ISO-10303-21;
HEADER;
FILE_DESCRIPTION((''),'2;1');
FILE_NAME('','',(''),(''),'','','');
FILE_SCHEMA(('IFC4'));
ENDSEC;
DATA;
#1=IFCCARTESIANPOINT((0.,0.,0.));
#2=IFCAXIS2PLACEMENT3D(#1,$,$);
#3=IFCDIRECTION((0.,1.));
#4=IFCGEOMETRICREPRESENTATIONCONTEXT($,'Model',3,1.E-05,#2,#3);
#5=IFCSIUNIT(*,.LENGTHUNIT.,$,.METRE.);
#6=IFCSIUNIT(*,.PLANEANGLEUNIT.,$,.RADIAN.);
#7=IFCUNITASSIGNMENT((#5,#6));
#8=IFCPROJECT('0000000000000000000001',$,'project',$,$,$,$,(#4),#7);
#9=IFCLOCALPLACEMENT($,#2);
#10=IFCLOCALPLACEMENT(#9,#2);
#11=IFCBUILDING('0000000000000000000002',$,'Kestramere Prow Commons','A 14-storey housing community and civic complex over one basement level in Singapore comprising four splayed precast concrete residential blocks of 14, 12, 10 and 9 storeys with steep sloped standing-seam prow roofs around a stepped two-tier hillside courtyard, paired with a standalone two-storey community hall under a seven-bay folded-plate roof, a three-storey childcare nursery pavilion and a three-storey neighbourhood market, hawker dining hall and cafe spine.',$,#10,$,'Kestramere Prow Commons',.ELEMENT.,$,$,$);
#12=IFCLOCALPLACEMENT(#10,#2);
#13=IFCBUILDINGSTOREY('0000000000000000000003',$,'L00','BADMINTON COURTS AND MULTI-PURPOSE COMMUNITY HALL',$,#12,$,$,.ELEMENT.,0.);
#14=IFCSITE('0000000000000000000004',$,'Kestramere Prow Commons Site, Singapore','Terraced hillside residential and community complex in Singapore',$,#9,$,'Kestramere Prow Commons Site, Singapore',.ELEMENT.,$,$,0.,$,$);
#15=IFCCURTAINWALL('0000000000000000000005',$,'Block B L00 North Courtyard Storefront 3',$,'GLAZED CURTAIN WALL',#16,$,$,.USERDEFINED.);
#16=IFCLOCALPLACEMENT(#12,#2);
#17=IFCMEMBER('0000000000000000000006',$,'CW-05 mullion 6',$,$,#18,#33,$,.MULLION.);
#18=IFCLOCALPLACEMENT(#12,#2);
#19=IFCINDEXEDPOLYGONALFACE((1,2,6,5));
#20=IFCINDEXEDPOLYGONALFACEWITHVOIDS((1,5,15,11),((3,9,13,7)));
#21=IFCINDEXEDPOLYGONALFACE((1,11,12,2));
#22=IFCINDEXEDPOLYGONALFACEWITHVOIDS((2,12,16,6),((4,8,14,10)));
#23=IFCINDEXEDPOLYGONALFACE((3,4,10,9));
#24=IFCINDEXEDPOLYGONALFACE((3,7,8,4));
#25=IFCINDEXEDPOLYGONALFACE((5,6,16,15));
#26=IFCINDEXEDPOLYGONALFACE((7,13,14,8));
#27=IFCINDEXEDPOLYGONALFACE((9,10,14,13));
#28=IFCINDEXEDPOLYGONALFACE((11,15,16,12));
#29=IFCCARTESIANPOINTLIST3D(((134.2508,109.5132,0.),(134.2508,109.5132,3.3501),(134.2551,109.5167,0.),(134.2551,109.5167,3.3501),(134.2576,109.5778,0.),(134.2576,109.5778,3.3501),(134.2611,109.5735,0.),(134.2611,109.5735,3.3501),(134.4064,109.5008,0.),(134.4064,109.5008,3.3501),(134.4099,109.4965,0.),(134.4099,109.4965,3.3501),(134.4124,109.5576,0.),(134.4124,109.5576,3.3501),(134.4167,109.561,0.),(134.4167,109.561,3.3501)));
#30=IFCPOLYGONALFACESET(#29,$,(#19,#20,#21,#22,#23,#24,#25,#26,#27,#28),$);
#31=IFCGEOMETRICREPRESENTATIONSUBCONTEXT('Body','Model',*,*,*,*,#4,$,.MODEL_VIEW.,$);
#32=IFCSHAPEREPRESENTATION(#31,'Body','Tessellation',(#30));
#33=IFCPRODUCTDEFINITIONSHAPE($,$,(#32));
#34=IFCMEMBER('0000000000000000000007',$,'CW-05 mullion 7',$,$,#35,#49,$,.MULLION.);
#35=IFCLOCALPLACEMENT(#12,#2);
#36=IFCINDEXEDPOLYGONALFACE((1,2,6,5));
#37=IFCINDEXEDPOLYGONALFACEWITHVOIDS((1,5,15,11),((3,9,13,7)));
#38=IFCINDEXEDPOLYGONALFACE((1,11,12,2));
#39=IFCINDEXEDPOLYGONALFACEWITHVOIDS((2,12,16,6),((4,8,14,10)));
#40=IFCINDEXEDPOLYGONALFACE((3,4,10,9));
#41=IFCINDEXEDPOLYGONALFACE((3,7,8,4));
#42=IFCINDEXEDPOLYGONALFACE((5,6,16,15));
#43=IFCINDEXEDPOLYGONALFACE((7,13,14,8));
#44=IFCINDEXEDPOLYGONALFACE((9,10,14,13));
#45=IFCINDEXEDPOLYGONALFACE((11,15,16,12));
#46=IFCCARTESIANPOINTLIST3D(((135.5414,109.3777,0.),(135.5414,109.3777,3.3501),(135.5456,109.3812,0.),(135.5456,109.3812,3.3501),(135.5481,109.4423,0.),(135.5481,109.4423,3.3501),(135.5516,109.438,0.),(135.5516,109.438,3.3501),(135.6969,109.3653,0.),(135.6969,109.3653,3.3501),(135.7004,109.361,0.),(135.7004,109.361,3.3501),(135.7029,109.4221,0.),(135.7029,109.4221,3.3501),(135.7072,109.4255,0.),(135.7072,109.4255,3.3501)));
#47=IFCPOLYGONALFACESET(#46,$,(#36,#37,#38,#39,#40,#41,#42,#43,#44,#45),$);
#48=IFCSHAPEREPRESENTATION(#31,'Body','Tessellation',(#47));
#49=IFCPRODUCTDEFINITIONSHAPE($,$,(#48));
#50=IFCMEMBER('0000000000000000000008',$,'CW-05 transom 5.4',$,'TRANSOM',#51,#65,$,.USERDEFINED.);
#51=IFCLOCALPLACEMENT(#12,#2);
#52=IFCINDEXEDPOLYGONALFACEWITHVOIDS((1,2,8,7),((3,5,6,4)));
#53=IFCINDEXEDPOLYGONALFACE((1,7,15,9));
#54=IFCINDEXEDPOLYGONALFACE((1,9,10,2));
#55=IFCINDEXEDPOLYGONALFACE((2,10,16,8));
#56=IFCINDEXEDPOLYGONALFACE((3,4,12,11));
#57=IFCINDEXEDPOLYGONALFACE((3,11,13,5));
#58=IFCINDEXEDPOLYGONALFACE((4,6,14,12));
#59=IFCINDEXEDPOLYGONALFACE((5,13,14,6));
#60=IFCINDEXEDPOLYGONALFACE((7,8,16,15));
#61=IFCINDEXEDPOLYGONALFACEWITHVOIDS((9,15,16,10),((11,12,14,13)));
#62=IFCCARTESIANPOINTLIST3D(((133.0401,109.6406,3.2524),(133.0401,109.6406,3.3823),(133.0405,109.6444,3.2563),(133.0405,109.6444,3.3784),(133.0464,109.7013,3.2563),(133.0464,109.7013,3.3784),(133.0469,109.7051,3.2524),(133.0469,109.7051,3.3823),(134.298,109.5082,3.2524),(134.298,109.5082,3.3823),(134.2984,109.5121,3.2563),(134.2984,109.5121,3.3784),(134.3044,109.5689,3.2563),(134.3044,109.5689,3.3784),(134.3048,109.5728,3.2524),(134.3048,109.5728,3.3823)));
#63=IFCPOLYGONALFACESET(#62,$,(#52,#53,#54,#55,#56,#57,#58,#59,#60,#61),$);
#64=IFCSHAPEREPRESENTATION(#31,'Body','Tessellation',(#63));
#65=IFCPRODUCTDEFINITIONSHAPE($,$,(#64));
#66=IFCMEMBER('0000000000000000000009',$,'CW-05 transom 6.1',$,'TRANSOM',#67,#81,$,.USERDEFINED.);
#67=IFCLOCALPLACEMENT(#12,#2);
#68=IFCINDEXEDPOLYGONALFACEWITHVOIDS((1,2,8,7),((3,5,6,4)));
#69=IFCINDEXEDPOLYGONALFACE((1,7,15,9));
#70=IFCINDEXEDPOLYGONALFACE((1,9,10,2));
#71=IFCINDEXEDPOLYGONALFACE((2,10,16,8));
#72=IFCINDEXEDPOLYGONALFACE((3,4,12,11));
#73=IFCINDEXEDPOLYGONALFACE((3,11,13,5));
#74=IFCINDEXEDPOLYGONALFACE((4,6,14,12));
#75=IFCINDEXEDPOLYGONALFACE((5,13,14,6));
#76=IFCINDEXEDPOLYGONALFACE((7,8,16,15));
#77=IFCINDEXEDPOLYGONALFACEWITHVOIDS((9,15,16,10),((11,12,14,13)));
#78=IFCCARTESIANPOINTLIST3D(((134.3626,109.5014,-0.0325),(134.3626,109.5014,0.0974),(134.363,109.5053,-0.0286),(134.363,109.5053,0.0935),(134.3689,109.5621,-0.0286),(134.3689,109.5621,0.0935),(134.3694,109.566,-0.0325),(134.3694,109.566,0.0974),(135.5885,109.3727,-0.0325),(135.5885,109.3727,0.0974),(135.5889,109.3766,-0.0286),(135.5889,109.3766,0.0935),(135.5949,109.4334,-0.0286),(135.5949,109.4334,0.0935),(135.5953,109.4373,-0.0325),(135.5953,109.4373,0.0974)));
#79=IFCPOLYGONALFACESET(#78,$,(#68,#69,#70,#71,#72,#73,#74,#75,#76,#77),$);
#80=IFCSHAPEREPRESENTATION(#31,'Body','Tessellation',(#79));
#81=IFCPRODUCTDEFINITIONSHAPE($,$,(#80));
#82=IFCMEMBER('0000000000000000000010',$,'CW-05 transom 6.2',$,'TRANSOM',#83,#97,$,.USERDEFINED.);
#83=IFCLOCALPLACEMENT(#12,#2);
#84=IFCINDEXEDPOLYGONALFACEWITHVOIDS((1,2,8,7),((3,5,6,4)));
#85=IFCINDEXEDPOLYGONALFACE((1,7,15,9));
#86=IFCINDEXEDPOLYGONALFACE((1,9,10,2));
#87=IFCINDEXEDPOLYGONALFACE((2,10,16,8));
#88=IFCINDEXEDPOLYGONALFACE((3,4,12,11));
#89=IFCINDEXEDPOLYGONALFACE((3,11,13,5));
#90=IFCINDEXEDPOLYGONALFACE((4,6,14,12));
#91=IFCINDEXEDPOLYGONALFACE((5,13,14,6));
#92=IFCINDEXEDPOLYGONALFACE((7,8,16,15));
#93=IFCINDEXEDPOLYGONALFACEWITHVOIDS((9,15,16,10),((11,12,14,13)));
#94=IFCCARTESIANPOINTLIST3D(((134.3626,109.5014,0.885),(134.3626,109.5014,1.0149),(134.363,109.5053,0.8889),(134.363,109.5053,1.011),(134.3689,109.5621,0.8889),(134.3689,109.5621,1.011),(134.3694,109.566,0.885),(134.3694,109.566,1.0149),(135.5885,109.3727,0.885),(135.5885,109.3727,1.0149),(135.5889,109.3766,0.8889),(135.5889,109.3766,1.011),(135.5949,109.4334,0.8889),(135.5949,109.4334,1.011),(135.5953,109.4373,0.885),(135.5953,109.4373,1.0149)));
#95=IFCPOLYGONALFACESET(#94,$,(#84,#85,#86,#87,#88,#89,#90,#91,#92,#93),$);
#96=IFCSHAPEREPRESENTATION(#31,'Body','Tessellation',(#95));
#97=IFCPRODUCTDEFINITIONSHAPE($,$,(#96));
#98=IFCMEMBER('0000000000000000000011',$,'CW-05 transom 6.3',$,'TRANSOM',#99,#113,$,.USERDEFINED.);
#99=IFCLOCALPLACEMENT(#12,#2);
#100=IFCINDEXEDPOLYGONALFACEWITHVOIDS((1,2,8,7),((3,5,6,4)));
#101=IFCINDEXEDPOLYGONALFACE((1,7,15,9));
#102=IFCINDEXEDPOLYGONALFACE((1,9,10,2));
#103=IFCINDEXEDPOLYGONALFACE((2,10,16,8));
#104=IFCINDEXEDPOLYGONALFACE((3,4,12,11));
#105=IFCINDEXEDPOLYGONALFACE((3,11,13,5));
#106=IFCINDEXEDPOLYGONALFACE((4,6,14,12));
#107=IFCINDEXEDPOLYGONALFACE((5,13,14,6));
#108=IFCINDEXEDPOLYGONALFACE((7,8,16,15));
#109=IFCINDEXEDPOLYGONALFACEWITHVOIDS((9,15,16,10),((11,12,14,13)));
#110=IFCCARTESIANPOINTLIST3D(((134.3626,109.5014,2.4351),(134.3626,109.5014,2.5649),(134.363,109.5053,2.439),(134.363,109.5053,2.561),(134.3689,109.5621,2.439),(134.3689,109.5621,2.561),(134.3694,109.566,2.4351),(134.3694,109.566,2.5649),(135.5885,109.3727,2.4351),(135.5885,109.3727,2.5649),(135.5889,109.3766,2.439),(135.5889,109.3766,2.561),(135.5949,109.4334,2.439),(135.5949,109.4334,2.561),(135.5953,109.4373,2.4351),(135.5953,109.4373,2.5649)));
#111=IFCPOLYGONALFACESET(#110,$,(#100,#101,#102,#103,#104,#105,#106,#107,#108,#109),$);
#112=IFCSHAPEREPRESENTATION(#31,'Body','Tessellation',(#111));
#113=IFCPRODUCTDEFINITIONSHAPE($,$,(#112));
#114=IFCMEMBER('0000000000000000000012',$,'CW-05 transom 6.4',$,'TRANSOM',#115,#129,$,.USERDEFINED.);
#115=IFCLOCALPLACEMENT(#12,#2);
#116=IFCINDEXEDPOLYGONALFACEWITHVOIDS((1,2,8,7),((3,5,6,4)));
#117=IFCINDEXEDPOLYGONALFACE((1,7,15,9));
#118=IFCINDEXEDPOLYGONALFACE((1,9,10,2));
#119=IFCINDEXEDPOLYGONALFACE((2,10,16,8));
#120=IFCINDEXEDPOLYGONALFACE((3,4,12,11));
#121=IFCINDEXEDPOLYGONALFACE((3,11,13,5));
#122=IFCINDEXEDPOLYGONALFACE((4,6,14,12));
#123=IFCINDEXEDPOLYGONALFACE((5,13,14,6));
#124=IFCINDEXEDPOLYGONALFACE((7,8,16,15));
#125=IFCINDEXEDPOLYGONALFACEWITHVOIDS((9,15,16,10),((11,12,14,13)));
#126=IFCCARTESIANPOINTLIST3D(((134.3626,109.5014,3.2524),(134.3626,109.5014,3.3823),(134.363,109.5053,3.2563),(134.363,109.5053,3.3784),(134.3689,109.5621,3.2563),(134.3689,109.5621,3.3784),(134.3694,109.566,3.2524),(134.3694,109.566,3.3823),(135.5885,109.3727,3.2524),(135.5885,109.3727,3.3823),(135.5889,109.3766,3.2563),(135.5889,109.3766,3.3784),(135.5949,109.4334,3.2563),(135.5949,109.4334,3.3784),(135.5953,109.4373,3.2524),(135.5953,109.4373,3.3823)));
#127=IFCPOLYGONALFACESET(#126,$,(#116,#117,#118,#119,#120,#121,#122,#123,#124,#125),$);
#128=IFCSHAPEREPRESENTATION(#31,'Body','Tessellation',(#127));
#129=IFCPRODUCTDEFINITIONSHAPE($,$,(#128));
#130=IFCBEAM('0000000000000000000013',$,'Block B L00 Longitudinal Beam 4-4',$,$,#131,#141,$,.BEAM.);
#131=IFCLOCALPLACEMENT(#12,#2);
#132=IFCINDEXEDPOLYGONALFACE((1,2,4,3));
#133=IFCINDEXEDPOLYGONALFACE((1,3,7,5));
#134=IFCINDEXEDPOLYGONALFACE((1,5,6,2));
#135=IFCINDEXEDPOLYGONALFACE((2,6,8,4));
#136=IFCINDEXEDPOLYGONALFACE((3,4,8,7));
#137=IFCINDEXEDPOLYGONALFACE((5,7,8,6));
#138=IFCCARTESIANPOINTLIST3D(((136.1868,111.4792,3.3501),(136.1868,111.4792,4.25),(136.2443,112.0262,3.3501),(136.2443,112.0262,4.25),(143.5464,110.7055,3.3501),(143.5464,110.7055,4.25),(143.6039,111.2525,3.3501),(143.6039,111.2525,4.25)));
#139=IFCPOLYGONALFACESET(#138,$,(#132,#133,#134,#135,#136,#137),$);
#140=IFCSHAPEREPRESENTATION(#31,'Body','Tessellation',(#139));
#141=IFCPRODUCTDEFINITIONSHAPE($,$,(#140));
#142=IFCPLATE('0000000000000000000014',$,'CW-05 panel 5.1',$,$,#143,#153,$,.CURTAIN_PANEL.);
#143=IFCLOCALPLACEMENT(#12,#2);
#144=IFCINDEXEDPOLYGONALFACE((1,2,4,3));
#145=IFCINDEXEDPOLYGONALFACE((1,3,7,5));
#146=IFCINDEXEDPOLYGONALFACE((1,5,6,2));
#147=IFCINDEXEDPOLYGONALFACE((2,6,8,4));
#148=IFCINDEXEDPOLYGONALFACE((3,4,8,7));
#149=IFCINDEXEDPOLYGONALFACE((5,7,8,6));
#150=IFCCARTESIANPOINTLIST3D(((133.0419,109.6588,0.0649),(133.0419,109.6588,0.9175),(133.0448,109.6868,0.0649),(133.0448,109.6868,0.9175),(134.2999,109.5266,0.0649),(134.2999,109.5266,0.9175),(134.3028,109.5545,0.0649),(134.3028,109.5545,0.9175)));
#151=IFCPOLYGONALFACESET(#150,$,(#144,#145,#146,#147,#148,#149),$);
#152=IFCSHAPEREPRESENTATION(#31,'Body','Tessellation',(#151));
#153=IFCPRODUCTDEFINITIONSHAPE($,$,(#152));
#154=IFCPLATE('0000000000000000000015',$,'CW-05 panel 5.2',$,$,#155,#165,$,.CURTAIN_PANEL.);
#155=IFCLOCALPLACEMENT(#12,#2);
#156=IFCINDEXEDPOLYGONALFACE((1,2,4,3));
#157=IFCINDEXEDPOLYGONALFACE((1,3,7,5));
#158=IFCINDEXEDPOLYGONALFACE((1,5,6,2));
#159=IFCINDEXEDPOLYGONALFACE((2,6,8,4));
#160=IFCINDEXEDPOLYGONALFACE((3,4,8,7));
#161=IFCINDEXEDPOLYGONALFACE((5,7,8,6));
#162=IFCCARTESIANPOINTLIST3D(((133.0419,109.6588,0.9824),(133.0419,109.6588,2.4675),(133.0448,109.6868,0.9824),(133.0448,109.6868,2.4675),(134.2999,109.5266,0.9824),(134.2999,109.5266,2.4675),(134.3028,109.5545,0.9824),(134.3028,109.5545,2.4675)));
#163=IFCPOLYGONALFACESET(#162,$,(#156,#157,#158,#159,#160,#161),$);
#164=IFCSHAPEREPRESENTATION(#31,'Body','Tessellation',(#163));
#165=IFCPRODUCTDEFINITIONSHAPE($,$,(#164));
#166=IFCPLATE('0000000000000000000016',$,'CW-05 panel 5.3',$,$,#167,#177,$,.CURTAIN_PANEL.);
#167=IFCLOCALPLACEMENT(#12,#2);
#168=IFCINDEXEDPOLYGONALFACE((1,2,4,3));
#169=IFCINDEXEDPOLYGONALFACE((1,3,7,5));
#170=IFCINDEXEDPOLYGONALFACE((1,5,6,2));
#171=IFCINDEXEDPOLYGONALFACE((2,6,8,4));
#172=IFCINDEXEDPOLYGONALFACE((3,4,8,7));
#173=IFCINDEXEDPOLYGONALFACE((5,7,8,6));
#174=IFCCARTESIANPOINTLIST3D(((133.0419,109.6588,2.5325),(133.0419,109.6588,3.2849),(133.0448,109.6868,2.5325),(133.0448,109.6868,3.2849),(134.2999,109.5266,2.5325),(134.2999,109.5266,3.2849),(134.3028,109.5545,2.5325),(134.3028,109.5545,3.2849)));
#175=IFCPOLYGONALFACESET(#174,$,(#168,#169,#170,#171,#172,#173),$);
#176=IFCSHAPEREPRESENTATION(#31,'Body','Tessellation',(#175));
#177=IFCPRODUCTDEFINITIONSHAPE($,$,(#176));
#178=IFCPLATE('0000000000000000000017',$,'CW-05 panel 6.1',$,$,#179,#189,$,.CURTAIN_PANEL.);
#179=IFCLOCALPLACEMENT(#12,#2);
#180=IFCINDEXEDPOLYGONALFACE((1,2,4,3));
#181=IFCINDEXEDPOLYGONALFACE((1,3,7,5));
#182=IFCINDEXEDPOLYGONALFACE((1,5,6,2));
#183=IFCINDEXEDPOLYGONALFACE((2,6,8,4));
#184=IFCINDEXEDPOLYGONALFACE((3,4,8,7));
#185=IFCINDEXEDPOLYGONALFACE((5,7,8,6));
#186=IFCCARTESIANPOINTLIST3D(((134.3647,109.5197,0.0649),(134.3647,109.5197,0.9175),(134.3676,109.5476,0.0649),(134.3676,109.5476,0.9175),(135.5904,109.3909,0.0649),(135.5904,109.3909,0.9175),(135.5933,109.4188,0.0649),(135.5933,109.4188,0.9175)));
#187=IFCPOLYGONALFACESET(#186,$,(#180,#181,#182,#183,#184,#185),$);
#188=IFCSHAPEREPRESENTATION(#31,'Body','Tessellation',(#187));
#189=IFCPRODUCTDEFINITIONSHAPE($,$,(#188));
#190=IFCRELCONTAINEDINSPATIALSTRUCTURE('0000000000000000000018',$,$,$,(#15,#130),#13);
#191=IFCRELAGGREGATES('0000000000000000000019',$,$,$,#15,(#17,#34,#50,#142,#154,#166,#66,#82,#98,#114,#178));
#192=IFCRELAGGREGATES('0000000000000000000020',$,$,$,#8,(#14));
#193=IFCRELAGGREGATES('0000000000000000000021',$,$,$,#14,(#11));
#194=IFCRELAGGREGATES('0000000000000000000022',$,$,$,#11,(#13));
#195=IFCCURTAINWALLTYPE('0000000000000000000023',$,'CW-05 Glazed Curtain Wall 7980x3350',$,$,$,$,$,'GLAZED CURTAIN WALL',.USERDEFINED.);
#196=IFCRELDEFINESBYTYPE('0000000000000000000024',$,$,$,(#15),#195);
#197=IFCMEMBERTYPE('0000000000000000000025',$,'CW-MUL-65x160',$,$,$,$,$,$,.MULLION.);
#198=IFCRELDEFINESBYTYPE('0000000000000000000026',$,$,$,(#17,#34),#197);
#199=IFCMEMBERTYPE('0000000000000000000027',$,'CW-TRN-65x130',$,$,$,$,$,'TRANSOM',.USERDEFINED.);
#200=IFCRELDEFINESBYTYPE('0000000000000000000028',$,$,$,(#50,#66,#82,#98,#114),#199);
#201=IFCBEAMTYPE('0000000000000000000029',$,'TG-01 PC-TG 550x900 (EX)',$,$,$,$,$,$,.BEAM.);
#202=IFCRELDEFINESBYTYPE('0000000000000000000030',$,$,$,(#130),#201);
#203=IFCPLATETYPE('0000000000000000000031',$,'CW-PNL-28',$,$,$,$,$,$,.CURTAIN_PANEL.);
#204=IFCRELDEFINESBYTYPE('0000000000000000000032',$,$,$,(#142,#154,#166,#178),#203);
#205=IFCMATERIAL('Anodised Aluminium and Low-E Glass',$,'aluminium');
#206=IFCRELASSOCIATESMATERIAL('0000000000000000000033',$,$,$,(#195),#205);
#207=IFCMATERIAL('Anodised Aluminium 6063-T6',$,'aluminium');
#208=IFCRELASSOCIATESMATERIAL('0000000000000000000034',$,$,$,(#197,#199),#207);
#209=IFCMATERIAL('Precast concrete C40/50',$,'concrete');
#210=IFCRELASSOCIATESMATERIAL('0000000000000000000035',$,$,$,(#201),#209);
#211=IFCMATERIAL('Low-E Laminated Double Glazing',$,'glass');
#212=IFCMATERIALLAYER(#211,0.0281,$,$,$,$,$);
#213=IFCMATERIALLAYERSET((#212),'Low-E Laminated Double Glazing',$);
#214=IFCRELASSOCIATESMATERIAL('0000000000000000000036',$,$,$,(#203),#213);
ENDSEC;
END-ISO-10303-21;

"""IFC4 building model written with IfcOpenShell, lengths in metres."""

from ifc_helpers import new_model, si_unit, direction, frame, origin, origin_2d, place, context, subcontext, project, spatial, rectangle, hollow_rectangle, extrude, material, layer, layer_set, material_profile, profile_set, type_object, element, aggregate, save


model = new_model("IFC4")

# Units and contexts
model_context = context("Model", 3, precision=1e-05, world=origin(), true_north=direction((0.0, 1.0)))
body_context = subcontext(model_context, "Body", "Model", "MODEL_VIEW")
ifc_project = project(units=[si_unit("LENGTHUNIT", "METRE"), si_unit("PLANEANGLEUNIT", "RADIAN")], contexts=[model_context])

# Site, building, storey
site_placement = place(None, origin())
site = spatial("IfcSite", under=ifc_project, at=site_placement, Name="Kestramere Prow Commons Site, Singapore", Description="Terraced hillside residential and community complex in Singapore", LongName="Kestramere Prow Commons Site, Singapore", CompositionType="ELEMENT", RefElevation=0.0)
building_placement = place(site_placement, origin())
building = spatial("IfcBuilding", under=site, at=building_placement, Name="Kestramere Prow Commons", Description="A 14-storey housing community and civic complex over one basement level in Singapore comprising four splayed precast concrete residential blocks of 14, 12, 10 and 9 storeys with steep sloped standing-seam prow roofs around a stepped two-tier hillside courtyard, paired with a standalone two-storey community hall under a seven-bay folded-plate roof, a three-storey childcare nursery pavilion and a three-storey neighbourhood market, hawker dining hall and cafe spine.", LongName="Kestramere Prow Commons", CompositionType="ELEMENT")
storey_placement = place(building_placement, origin())
storey = spatial("IfcBuildingStorey", under=building, at=storey_placement, Name="L00", Description="BADMINTON COURTS AND MULTI-PURPOSE COMMUNITY HALL", CompositionType="ELEMENT", Elevation=0.0)

# Shared definitions
ifc_material_1 = material(Name="Precast concrete C40/50", Category="concrete")

# Curtain wall, members
ifc_material_2 = material(Name="Anodised Aluminium and Low-E Glass", Category="aluminium")
curtain_wall_type = type_object("IfcCurtainWallType", Name="CW-05 Glazed Curtain Wall 7980x3350", ElementType="GLAZED CURTAIN WALL", PredefinedType="USERDEFINED", material=ifc_material_2)
curtain_wall_placement = place(storey_placement, origin())
curtain_wall = element("IfcCurtainWall", 1, at=curtain_wall_placement, inside=storey, type_object=curtain_wall_type, Name="Block B L00 North Courtyard Storefront 3", ObjectType="GLAZED CURTAIN WALL", PredefinedType="USERDEFINED")
ifc_material_3 = material(Name="Anodised Aluminium 6063-T6", Category="aluminium")
ifc_material_profile_1 = material_profile(ifc_material_3, hollow_rectangle(XDim=0.0649, YDim=0.1599, WallThickness=0.0039, at=origin_2d()), Name="ALU-MUL 65x160")
ifc_profile_set_1 = profile_set([ifc_material_profile_1], Name="Anodised Aluminium 6063-T6")
member_type_1 = type_object("IfcMemberType", Name="CW-MUL-65x160", PredefinedType="MULLION", material=ifc_profile_set_1)
member_1_placement = place(storey_placement, frame((134.3337, 109.5371, 0.0), z_axis=(0.0, 0.0, 1.0), x_axis=(0.104528, 0.994522, 0.0)))
member_1 = element("IfcMember", 2, at=member_1_placement, type_object=member_type_1, Name="CW-05 mullion 6", PredefinedType="MULLION", context=body_context, shape_type="SweptSolid", body=[
    extrude(hollow_rectangle(XDim=0.0649, YDim=0.1599, WallThickness=0.0039, at=origin_2d()), origin(), (0.0, 0.0, 1.0), 3.3501),
])
member_2_placement = place(storey_placement, frame((135.6243, 109.4016, 0.0), z_axis=(0.0, 0.0, 1.0), x_axis=(0.104528, 0.994522, 0.0)))
member_2 = element("IfcMember", 3, at=member_2_placement, type_object=member_type_1, Name="CW-05 mullion 7", PredefinedType="MULLION", context=body_context, shape_type="SweptSolid", body=[
    extrude(hollow_rectangle(XDim=0.0649, YDim=0.1599, WallThickness=0.0039, at=origin_2d()), origin(), (0.0, 0.0, 1.0), 3.3501),
])
ifc_material_profile_2 = material_profile(ifc_material_3, hollow_rectangle(XDim=0.0649, YDim=0.1299, WallThickness=0.0039, at=origin_2d()), Name="ALU-TRN 65x130")
ifc_profile_set_2 = profile_set([ifc_material_profile_2], Name="Anodised Aluminium 6063-T6")
member_type_2 = type_object("IfcMemberType", Name="CW-TRN-65x130", ElementType="TRANSOM", PredefinedType="USERDEFINED", material=ifc_profile_set_2)
member_3_placement = place(storey_placement, frame((133.0435, 109.6729, 3.3174), z_axis=(0.994514, -0.104604, 0.0), x_axis=(0.104604, 0.994514, 0.0)))
member_3 = element("IfcMember", 4, at=member_3_placement, type_object=member_type_2, Name="CW-05 transom 5.4", ObjectType="TRANSOM", PredefinedType="USERDEFINED", context=body_context, shape_type="SweptSolid", body=[
    extrude(hollow_rectangle(XDim=0.0649, YDim=0.1299, WallThickness=0.0039, at=origin_2d()), origin(), (0.0, 0.0, 1.0), 1.2649),
])
member_4_placement = place(storey_placement, frame((134.366, 109.5337, 0.0325), z_axis=(0.994537, -0.104386, 0.0), x_axis=(0.104386, 0.994537, 0.0)))
member_4 = element("IfcMember", 5, at=member_4_placement, type_object=member_type_2, Name="CW-05 transom 6.1", ObjectType="TRANSOM", PredefinedType="USERDEFINED", context=body_context, shape_type="SweptSolid", body=[
    extrude(hollow_rectangle(XDim=0.0649, YDim=0.1299, WallThickness=0.0039, at=origin_2d()), origin(), (0.0, 0.0, 1.0), 1.2327),
])
member_5_placement = place(storey_placement, frame((134.366, 109.5337, 0.95), z_axis=(0.994537, -0.104386, 0.0), x_axis=(0.104386, 0.994537, 0.0)))
member_5 = element("IfcMember", 6, at=member_5_placement, type_object=member_type_2, Name="CW-05 transom 6.2", ObjectType="TRANSOM", PredefinedType="USERDEFINED", context=body_context, shape_type="SweptSolid", body=[
    extrude(hollow_rectangle(XDim=0.0649, YDim=0.1299, WallThickness=0.0039, at=origin_2d()), origin(), (0.0, 0.0, 1.0), 1.2327),
])
member_6_placement = place(storey_placement, frame((134.366, 109.5337, 2.5), z_axis=(0.994537, -0.104386, 0.0), x_axis=(0.104386, 0.994537, 0.0)))
member_6 = element("IfcMember", 7, at=member_6_placement, type_object=member_type_2, Name="CW-05 transom 6.3", ObjectType="TRANSOM", PredefinedType="USERDEFINED", context=body_context, shape_type="SweptSolid", body=[
    extrude(hollow_rectangle(XDim=0.0649, YDim=0.1299, WallThickness=0.0039, at=origin_2d()), origin(), (0.0, 0.0, 1.0), 1.2327),
])
member_7_placement = place(storey_placement, frame((134.366, 109.5337, 3.3174), z_axis=(0.994537, -0.104386, 0.0), x_axis=(0.104386, 0.994537, 0.0)))
member_7 = element("IfcMember", 8, at=member_7_placement, type_object=member_type_2, Name="CW-05 transom 6.4", ObjectType="TRANSOM", PredefinedType="USERDEFINED", context=body_context, shape_type="SweptSolid", body=[
    extrude(hollow_rectangle(XDim=0.0649, YDim=0.1299, WallThickness=0.0039, at=origin_2d()), origin(), (0.0, 0.0, 1.0), 1.2327),
])

# Beam
ifc_material_profile_3 = material_profile(ifc_material_1, rectangle(XDim=0.55, YDim=0.8999, at=origin_2d()), Name="PC-TG 550x900")
ifc_profile_set_3 = profile_set([ifc_material_profile_3], Name="Precast concrete C40/50")
beam_type = type_object("IfcBeamType", Name="TG-01 PC-TG 550x900 (EX)", PredefinedType="BEAM", material=ifc_profile_set_3)
beam_placement = place(storey_placement, frame((136.2156, 111.7527, 3.8), z_axis=(0.99452, -0.104549, 0.0), x_axis=(0.104549, 0.99452, 0.0)))
element("IfcBeam", 9, at=beam_placement, inside=storey, type_object=beam_type, Name="Block B L00 Longitudinal Beam 4-4", PredefinedType="BEAM", context=body_context, shape_type="SweptSolid", body=[
    extrude(rectangle(XDim=0.55, YDim=0.8999, at=origin_2d()), origin(), (0.0, 0.0, 1.0), 7.4001),
])

# Plates
ifc_material_4 = material(Name="Low-E Laminated Double Glazing", Category="glass")
ifc_layer_1 = layer(ifc_material_4, 0.0281)
ifc_layer_set_1 = layer_set([ifc_layer_1], Name="Low-E Laminated Double Glazing")
plate_type = type_object("IfcPlateType", Name="CW-PNL-28", PredefinedType="CURTAIN_PANEL", material=ifc_layer_set_1)
plate_1_placement = place(storey_placement, frame((133.6724, 109.6067, 0.0649), z_axis=(0.0, 0.0, 1.0), x_axis=(0.994522, -0.104528, 0.0)))
plate_1 = element("IfcPlate", 10, at=plate_1_placement, type_object=plate_type, Name="CW-05 panel 5.1", PredefinedType="CURTAIN_PANEL", context=body_context, shape_type="SweptSolid", body=[
    extrude(rectangle(XDim=1.2649, YDim=0.0281, at=origin_2d()), origin(), (0.0, 0.0, 1.0), 0.8525),
])
plate_2_placement = place(storey_placement, frame((133.6724, 109.6067, 0.9824), z_axis=(0.0, 0.0, 1.0), x_axis=(0.994522, -0.104528, 0.0)))
plate_2 = element("IfcPlate", 11, at=plate_2_placement, type_object=plate_type, Name="CW-05 panel 5.2", PredefinedType="CURTAIN_PANEL", context=body_context, shape_type="SweptSolid", body=[
    extrude(rectangle(XDim=1.2649, YDim=0.0281, at=origin_2d()), origin(), (0.0, 0.0, 1.0), 1.4851),
])
plate_3_placement = place(storey_placement, frame((133.6724, 109.6067, 2.5325), z_axis=(0.0, 0.0, 1.0), x_axis=(0.994522, -0.104528, 0.0)))
plate_3 = element("IfcPlate", 12, at=plate_3_placement, type_object=plate_type, Name="CW-05 panel 5.3", PredefinedType="CURTAIN_PANEL", context=body_context, shape_type="SweptSolid", body=[
    extrude(rectangle(XDim=1.2649, YDim=0.0281, at=origin_2d()), origin(), (0.0, 0.0, 1.0), 0.7524),
])
plate_4_placement = place(storey_placement, frame((134.979, 109.4692, 0.0649), z_axis=(0.0, 0.0, 1.0), x_axis=(0.994522, -0.104528, 0.0)))
plate_4 = element("IfcPlate", 13, at=plate_4_placement, type_object=plate_type, Name="CW-05 panel 6.1", PredefinedType="CURTAIN_PANEL", context=body_context, shape_type="SweptSolid", body=[
    extrude(rectangle(XDim=1.2324, YDim=0.0281, at=origin_2d()), origin(), (0.0, 0.0, 1.0), 0.8525),
])
aggregate(curtain_wall, [member_1, member_2, member_3, plate_1, plate_2, plate_3, member_4, member_5, member_6, member_7, plate_4])

save(model, "model.ifc")
